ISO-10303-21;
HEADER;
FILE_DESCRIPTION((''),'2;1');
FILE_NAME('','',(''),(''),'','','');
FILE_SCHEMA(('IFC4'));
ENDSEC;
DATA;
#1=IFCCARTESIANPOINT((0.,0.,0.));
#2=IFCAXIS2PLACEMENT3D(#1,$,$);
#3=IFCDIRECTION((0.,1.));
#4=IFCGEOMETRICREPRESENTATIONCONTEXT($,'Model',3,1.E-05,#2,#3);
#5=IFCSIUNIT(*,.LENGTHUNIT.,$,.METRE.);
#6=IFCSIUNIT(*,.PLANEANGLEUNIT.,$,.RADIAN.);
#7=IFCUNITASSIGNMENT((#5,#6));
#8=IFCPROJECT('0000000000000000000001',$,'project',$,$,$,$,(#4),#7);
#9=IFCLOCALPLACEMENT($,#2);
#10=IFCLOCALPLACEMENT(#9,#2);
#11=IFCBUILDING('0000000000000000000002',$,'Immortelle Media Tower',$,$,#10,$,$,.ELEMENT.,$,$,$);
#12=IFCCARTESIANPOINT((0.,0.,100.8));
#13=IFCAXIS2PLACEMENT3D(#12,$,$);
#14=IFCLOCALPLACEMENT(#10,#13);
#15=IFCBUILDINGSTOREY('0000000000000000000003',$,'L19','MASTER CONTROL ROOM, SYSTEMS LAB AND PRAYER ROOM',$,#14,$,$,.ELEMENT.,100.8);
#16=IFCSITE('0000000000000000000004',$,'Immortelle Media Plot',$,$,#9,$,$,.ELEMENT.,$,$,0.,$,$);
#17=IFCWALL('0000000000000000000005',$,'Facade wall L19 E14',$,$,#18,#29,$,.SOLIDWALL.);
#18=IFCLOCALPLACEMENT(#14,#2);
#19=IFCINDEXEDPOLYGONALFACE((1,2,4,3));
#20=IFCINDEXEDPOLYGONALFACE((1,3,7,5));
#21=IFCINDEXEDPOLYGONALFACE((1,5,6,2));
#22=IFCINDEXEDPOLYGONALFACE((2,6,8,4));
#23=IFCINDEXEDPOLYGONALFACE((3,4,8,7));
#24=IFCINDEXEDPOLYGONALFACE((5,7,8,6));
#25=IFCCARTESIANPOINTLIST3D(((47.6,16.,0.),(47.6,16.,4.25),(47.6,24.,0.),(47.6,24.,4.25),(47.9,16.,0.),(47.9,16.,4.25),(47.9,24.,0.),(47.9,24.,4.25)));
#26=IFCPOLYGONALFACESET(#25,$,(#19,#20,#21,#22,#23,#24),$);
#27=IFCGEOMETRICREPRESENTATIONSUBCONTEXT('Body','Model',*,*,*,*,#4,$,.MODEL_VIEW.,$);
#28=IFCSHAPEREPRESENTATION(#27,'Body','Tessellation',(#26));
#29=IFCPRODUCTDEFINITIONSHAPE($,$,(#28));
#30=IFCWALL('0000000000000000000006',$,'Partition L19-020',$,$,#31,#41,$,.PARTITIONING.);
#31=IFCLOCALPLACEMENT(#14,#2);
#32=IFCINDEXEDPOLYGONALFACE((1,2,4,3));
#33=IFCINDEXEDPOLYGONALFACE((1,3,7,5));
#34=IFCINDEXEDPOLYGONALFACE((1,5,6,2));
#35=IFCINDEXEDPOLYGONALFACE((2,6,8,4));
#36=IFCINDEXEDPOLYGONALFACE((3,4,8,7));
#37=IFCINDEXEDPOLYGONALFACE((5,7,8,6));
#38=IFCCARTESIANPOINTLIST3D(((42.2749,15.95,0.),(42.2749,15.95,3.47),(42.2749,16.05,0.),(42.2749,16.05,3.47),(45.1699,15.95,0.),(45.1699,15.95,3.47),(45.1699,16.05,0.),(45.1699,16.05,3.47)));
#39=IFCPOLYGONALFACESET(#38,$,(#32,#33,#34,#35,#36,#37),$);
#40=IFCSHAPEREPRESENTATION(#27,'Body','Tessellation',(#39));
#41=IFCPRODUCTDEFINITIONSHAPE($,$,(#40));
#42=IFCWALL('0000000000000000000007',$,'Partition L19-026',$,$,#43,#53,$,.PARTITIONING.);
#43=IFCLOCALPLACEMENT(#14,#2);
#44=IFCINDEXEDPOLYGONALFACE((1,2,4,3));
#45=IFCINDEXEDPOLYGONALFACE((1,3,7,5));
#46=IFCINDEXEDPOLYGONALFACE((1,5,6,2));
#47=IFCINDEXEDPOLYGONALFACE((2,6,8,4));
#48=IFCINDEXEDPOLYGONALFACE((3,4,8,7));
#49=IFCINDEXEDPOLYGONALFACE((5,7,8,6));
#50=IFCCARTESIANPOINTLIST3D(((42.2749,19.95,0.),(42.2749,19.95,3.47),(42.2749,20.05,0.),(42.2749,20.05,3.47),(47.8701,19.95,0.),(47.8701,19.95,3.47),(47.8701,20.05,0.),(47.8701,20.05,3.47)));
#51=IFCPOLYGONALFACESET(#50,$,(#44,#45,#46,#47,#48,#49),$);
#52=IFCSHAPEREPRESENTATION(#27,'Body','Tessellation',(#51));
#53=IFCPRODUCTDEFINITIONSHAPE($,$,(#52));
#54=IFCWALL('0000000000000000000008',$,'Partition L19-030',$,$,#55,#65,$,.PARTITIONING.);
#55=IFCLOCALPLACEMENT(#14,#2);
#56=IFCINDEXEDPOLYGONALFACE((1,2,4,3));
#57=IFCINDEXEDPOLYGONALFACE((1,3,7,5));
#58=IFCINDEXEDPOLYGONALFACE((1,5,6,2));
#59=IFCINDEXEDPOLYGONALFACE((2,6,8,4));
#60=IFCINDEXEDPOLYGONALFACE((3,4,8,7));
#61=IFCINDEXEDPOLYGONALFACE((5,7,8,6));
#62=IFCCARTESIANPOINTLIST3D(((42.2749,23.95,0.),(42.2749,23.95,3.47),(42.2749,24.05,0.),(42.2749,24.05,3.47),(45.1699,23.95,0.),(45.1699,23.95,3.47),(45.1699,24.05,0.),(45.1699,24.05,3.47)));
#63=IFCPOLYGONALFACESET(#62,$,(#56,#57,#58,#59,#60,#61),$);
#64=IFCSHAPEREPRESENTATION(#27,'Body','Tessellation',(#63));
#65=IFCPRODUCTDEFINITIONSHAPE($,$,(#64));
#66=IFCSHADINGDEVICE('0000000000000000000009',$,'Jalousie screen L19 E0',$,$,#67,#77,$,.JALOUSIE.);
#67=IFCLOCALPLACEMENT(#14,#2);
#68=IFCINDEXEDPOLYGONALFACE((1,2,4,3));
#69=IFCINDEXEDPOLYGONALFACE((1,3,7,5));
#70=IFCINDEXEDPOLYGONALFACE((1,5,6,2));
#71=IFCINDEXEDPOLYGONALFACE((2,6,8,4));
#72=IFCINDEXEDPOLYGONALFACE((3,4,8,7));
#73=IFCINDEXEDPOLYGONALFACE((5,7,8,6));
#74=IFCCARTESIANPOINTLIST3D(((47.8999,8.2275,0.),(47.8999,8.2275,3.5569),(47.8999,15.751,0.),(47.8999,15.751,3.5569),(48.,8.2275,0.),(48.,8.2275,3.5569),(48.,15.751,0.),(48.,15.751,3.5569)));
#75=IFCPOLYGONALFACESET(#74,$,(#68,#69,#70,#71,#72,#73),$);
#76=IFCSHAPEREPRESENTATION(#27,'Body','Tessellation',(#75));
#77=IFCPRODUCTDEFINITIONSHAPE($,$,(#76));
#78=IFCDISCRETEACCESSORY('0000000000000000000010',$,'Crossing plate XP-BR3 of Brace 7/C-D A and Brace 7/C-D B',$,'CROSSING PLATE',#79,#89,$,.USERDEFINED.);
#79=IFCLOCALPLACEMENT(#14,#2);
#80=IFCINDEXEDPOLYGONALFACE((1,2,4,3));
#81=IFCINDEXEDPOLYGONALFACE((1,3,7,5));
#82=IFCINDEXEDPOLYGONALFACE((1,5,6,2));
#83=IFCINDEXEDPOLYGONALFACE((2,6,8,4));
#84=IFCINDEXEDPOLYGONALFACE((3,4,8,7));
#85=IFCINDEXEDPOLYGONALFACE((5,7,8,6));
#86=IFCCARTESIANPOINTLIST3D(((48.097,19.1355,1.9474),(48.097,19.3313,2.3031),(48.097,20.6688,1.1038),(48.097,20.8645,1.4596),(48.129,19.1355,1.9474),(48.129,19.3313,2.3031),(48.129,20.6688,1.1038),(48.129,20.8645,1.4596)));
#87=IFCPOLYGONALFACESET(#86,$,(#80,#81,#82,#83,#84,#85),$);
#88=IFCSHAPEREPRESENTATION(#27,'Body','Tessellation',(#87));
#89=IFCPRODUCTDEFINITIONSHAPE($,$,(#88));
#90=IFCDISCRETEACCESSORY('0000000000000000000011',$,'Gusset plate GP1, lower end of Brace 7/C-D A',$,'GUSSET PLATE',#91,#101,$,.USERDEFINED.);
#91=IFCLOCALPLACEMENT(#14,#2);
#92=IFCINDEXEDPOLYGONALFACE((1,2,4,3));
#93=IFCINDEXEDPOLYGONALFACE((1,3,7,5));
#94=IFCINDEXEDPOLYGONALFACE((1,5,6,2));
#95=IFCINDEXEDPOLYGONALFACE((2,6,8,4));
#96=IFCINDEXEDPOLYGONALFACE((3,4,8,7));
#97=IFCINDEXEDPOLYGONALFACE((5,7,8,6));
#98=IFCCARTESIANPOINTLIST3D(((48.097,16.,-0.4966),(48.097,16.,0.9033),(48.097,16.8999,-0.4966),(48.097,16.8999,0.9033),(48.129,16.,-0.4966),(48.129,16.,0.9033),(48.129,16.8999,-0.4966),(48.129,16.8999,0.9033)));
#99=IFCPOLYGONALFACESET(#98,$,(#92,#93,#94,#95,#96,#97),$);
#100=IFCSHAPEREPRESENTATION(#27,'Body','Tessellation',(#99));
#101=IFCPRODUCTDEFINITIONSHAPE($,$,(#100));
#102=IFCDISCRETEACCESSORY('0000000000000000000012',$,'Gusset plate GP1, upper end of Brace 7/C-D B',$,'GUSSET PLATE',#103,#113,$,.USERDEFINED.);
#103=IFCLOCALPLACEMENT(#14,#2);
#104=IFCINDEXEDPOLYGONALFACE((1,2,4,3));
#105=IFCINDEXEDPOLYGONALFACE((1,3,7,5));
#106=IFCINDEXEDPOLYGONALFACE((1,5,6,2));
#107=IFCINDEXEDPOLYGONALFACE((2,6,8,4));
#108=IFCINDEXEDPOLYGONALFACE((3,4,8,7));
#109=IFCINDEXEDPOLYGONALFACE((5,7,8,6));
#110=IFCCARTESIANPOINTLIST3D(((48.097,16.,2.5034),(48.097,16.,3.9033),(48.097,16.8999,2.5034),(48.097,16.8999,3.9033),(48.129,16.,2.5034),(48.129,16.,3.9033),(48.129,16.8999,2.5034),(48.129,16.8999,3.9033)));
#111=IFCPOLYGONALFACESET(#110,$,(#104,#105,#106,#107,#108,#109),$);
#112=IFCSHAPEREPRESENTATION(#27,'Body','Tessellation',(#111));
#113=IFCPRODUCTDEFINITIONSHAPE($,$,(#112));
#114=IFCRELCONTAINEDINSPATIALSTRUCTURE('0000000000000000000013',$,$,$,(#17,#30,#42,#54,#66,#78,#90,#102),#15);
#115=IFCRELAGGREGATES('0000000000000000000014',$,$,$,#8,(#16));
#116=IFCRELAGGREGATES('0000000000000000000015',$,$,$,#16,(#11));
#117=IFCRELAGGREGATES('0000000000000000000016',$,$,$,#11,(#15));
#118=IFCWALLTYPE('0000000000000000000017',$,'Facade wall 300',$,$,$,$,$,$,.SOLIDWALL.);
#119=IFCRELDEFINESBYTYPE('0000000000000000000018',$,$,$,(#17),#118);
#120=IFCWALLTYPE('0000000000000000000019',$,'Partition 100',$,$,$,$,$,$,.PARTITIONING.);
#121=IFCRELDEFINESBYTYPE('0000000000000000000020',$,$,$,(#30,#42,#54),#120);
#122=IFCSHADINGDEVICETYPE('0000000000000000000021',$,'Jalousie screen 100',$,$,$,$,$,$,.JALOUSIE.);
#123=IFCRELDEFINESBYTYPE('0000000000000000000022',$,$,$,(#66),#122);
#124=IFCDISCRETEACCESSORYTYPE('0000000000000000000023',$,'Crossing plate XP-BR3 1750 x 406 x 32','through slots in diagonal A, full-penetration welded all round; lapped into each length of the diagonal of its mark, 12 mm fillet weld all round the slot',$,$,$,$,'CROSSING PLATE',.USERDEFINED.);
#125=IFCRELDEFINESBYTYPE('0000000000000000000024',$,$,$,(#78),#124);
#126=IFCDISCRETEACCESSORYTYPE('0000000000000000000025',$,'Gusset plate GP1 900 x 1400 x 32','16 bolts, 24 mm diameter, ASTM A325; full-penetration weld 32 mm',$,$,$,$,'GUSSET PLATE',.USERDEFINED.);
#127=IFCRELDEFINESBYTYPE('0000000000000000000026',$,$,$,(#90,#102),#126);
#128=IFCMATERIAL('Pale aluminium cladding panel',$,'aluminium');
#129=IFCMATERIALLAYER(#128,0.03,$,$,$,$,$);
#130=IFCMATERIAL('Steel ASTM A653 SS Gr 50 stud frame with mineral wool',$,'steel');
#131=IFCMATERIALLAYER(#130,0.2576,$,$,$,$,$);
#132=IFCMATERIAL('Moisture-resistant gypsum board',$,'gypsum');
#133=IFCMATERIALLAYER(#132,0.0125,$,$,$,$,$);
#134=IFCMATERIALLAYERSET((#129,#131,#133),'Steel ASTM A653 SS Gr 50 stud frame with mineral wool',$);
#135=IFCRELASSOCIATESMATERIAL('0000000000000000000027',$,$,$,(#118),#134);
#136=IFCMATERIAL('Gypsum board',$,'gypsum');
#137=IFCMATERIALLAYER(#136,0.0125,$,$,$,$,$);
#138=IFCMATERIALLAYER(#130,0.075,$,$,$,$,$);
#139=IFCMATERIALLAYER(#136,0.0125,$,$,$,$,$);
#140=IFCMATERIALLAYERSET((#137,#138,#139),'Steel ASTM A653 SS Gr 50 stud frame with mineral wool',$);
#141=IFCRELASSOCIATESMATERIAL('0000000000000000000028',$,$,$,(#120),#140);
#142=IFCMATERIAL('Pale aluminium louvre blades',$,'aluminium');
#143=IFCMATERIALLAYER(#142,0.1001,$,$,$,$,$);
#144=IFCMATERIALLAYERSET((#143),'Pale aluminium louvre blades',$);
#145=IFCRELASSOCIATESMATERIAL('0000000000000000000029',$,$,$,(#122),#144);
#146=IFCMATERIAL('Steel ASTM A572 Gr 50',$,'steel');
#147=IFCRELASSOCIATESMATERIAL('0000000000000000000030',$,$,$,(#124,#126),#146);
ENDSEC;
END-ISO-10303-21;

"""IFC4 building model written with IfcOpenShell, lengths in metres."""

from ifc_helpers import new_model, si_unit, direction, frame, frame_2d, origin, origin_2d, place, context, subcontext, project, spatial, rectangle, extrude, material, layer, layer_set, material_profile, profile_set, type_object, element, save


model = new_model("IFC4")

# Units and contexts
model_context = context("Model", 3, precision=1e-05, world=origin(), true_north=direction((0.0, 1.0)))
body_context = subcontext(model_context, "Body", "Model", "MODEL_VIEW")
ifc_project = project(units=[si_unit("LENGTHUNIT", "METRE"), si_unit("PLANEANGLEUNIT", "RADIAN")], contexts=[model_context])

# Site, building, storey
site_placement = place(None, origin())
site = spatial("IfcSite", under=ifc_project, at=site_placement, Name="Immortelle Media Plot", CompositionType="ELEMENT", RefElevation=0.0)
building_placement = place(site_placement, origin())
building = spatial("IfcBuilding", under=site, at=building_placement, Name="Immortelle Media Tower", CompositionType="ELEMENT")
storey_placement = place(building_placement, frame((0.0, 0.0, 100.8)))
storey = spatial("IfcBuildingStorey", under=building, at=storey_placement, Name="L19", Description="MASTER CONTROL ROOM, SYSTEMS LAB AND PRAYER ROOM", CompositionType="ELEMENT", Elevation=100.8)

# Shared definitions
ifc_material_1 = material(Name="Steel ASTM A653 SS Gr 50 stud frame with mineral wool", Category="steel")

# Walls
ifc_material_2 = material(Name="Pale aluminium cladding panel", Category="aluminium")
ifc_layer_1 = layer(ifc_material_2, 0.03)
ifc_layer_2 = layer(ifc_material_1, 0.2576)
ifc_material_3 = material(Name="Moisture-resistant gypsum board", Category="gypsum")
ifc_layer_3 = layer(ifc_material_3, 0.0125)
ifc_layer_set_1 = layer_set([ifc_layer_1, ifc_layer_2, ifc_layer_3], Name="Steel ASTM A653 SS Gr 50 stud frame with mineral wool")
wall_type_1 = type_object("IfcWallType", Name="Facade wall 300", PredefinedType="SOLIDWALL", material=ifc_layer_set_1)
wall_1_placement = place(storey_placement, frame((47.75, 16.0, 0.0), z_axis=(0.0, 0.0, 1.0), x_axis=(0.0, 1.0, 0.0)))
element("IfcWall", 1, at=wall_1_placement, inside=storey, type_object=wall_type_1, Name="Facade wall L19 E14", PredefinedType="SOLIDWALL", context=body_context, shape_type="SweptSolid", body=[
    extrude(rectangle(XDim=8.0, YDim=0.3, at=frame_2d((4.0, 0.0))), origin(), (0.0, 0.0, 1.0), 4.25),
])
ifc_material_4 = material(Name="Gypsum board", Category="gypsum")
ifc_layer_4 = layer(ifc_material_4, 0.0125)
ifc_layer_5 = layer(ifc_material_1, 0.075)
ifc_layer_6 = layer(ifc_material_4, 0.0125)
ifc_layer_set_2 = layer_set([ifc_layer_4, ifc_layer_5, ifc_layer_6], Name="Steel ASTM A653 SS Gr 50 stud frame with mineral wool")
wall_type_2 = type_object("IfcWallType", Name="Partition 100", PredefinedType="PARTITIONING", material=ifc_layer_set_2)
wall_2_placement = place(storey_placement, frame((42.2749, 16.0, 0.0), z_axis=(0.0, 0.0, 1.0), x_axis=(1.0, 0.0, 0.0)))
element("IfcWall", 2, at=wall_2_placement, inside=storey, type_object=wall_type_2, Name="Partition L19-020", PredefinedType="PARTITIONING", context=body_context, shape_type="SweptSolid", body=[
    extrude(rectangle(XDim=2.895, YDim=0.1001, at=frame_2d((1.4475, 0.0))), origin(), (0.0, 0.0, 1.0), 3.47),
])
wall_3_placement = place(storey_placement, frame((42.2749, 20.0, 0.0), z_axis=(0.0, 0.0, 1.0), x_axis=(1.0, 0.0, 0.0)))
element("IfcWall", 3, at=wall_3_placement, inside=storey, type_object=wall_type_2, Name="Partition L19-026", PredefinedType="PARTITIONING", context=body_context, shape_type="SweptSolid", body=[
    extrude(rectangle(XDim=5.5952, YDim=0.1001, at=frame_2d((2.7976, 0.0))), origin(), (0.0, 0.0, 1.0), 3.47),
])
wall_4_placement = place(storey_placement, frame((42.2749, 24.0, 0.0), z_axis=(0.0, 0.0, 1.0), x_axis=(1.0, 0.0, 0.0)))
element("IfcWall", 4, at=wall_4_placement, inside=storey, type_object=wall_type_2, Name="Partition L19-030", PredefinedType="PARTITIONING", context=body_context, shape_type="SweptSolid", body=[
    extrude(rectangle(XDim=2.895, YDim=0.1001, at=frame_2d((1.4475, 0.0))), origin(), (0.0, 0.0, 1.0), 3.47),
])

# Shading device
ifc_material_5 = material(Name="Pale aluminium louvre blades", Category="aluminium")
ifc_layer_7 = layer(ifc_material_5, 0.1001)
ifc_layer_set_3 = layer_set([ifc_layer_7], Name="Pale aluminium louvre blades")
shading_device_type = type_object("IfcShadingDeviceType", Name="Jalousie screen 100", PredefinedType="JALOUSIE", material=ifc_layer_set_3)
shading_device_placement = place(storey_placement, frame((47.95, 11.9893, 0.0), z_axis=(0.0, 0.0, 1.0), x_axis=(0.0, 1.0, 0.0)))
element("IfcShadingDevice", 5, at=shading_device_placement, inside=storey, type_object=shading_device_type, Name="Jalousie screen L19 E0", PredefinedType="JALOUSIE", context=body_context, shape_type="SweptSolid", body=[
    extrude(rectangle(XDim=7.5234, YDim=0.1001, at=origin_2d()), origin(), (0.0, 0.0, 1.0), 3.5569),
])

# Discrete accessories
ifc_material_6 = material(Name="Steel ASTM A572 Gr 50", Category="steel")
ifc_material_profile_1 = material_profile(ifc_material_6, rectangle(XDim=0.032, YDim=0.406, at=origin_2d()), Name="PL 32 x 406")
ifc_profile_set_1 = profile_set([ifc_material_profile_1], Name="Steel ASTM A572 Gr 50")
discrete_accessory_type_1 = type_object("IfcDiscreteAccessoryType", Name="Crossing plate XP-BR3 1750 x 406 x 32", Description="through slots in diagonal A, full-penetration welded all round; lapped into each length of the diagonal of its mark, 12 mm fillet weld all round the slot", ElementType="CROSSING PLATE", PredefinedType="USERDEFINED", material=ifc_profile_set_1)
discrete_accessory_placement = place(storey_placement, frame((48.113, 19.2334, 2.1252), z_axis=(0.0, 0.876157, -0.482026), x_axis=(-1.0, 0.0, 0.0)))
element("IfcDiscreteAccessory", 6, at=discrete_accessory_placement, inside=storey, type_object=discrete_accessory_type_1, Name="Crossing plate XP-BR3 of Brace 7/C-D A and Brace 7/C-D B", ObjectType="CROSSING PLATE", PredefinedType="USERDEFINED", context=body_context, shape_type="SweptSolid", body=[
    extrude(rectangle(XDim=0.032, YDim=0.406, at=origin_2d()), origin(), (0.0, 0.0, 1.0), 1.75),
])
ifc_material_profile_2 = material_profile(ifc_material_6, rectangle(XDim=0.032, YDim=1.3999, at=origin_2d()), Name="PL 32 x 1400")
ifc_profile_set_2 = profile_set([ifc_material_profile_2], Name="Steel ASTM A572 Gr 50")
discrete_accessory_type_2 = type_object("IfcDiscreteAccessoryType", Name="Gusset plate GP1 900 x 1400 x 32", Description="16 bolts, 24 mm diameter, ASTM A325; full-penetration weld 32 mm", ElementType="GUSSET PLATE", PredefinedType="USERDEFINED", material=ifc_profile_set_2)
for number, where, z_axis, x_axis, name in (
    (7, (48.113, 16.0, 0.2034), (0.0, 1.0, 0.0), (-1.0, 0.0, 0.0), "Gusset plate GP1, lower end of Brace 7/C-D A"),
    (8, (48.113, 16.0, 3.2034), (0.0, 1.0, 0.0), (-1.0, 0.0, 0.0), "Gusset plate GP1, upper end of Brace 7/C-D B"),
):
    element("IfcDiscreteAccessory", number, at=place(storey_placement, frame(where, z_axis=z_axis, x_axis=x_axis)), inside=storey, type_object=discrete_accessory_type_2, Name=name, ObjectType="GUSSET PLATE", PredefinedType="USERDEFINED", context=body_context, shape_type="SweptSolid", body=[
        extrude(rectangle(XDim=0.032, YDim=1.3999, at=origin_2d()), origin(), (0.0, 0.0, 1.0), 0.8999),
    ])

save(model, "model.ifc")
